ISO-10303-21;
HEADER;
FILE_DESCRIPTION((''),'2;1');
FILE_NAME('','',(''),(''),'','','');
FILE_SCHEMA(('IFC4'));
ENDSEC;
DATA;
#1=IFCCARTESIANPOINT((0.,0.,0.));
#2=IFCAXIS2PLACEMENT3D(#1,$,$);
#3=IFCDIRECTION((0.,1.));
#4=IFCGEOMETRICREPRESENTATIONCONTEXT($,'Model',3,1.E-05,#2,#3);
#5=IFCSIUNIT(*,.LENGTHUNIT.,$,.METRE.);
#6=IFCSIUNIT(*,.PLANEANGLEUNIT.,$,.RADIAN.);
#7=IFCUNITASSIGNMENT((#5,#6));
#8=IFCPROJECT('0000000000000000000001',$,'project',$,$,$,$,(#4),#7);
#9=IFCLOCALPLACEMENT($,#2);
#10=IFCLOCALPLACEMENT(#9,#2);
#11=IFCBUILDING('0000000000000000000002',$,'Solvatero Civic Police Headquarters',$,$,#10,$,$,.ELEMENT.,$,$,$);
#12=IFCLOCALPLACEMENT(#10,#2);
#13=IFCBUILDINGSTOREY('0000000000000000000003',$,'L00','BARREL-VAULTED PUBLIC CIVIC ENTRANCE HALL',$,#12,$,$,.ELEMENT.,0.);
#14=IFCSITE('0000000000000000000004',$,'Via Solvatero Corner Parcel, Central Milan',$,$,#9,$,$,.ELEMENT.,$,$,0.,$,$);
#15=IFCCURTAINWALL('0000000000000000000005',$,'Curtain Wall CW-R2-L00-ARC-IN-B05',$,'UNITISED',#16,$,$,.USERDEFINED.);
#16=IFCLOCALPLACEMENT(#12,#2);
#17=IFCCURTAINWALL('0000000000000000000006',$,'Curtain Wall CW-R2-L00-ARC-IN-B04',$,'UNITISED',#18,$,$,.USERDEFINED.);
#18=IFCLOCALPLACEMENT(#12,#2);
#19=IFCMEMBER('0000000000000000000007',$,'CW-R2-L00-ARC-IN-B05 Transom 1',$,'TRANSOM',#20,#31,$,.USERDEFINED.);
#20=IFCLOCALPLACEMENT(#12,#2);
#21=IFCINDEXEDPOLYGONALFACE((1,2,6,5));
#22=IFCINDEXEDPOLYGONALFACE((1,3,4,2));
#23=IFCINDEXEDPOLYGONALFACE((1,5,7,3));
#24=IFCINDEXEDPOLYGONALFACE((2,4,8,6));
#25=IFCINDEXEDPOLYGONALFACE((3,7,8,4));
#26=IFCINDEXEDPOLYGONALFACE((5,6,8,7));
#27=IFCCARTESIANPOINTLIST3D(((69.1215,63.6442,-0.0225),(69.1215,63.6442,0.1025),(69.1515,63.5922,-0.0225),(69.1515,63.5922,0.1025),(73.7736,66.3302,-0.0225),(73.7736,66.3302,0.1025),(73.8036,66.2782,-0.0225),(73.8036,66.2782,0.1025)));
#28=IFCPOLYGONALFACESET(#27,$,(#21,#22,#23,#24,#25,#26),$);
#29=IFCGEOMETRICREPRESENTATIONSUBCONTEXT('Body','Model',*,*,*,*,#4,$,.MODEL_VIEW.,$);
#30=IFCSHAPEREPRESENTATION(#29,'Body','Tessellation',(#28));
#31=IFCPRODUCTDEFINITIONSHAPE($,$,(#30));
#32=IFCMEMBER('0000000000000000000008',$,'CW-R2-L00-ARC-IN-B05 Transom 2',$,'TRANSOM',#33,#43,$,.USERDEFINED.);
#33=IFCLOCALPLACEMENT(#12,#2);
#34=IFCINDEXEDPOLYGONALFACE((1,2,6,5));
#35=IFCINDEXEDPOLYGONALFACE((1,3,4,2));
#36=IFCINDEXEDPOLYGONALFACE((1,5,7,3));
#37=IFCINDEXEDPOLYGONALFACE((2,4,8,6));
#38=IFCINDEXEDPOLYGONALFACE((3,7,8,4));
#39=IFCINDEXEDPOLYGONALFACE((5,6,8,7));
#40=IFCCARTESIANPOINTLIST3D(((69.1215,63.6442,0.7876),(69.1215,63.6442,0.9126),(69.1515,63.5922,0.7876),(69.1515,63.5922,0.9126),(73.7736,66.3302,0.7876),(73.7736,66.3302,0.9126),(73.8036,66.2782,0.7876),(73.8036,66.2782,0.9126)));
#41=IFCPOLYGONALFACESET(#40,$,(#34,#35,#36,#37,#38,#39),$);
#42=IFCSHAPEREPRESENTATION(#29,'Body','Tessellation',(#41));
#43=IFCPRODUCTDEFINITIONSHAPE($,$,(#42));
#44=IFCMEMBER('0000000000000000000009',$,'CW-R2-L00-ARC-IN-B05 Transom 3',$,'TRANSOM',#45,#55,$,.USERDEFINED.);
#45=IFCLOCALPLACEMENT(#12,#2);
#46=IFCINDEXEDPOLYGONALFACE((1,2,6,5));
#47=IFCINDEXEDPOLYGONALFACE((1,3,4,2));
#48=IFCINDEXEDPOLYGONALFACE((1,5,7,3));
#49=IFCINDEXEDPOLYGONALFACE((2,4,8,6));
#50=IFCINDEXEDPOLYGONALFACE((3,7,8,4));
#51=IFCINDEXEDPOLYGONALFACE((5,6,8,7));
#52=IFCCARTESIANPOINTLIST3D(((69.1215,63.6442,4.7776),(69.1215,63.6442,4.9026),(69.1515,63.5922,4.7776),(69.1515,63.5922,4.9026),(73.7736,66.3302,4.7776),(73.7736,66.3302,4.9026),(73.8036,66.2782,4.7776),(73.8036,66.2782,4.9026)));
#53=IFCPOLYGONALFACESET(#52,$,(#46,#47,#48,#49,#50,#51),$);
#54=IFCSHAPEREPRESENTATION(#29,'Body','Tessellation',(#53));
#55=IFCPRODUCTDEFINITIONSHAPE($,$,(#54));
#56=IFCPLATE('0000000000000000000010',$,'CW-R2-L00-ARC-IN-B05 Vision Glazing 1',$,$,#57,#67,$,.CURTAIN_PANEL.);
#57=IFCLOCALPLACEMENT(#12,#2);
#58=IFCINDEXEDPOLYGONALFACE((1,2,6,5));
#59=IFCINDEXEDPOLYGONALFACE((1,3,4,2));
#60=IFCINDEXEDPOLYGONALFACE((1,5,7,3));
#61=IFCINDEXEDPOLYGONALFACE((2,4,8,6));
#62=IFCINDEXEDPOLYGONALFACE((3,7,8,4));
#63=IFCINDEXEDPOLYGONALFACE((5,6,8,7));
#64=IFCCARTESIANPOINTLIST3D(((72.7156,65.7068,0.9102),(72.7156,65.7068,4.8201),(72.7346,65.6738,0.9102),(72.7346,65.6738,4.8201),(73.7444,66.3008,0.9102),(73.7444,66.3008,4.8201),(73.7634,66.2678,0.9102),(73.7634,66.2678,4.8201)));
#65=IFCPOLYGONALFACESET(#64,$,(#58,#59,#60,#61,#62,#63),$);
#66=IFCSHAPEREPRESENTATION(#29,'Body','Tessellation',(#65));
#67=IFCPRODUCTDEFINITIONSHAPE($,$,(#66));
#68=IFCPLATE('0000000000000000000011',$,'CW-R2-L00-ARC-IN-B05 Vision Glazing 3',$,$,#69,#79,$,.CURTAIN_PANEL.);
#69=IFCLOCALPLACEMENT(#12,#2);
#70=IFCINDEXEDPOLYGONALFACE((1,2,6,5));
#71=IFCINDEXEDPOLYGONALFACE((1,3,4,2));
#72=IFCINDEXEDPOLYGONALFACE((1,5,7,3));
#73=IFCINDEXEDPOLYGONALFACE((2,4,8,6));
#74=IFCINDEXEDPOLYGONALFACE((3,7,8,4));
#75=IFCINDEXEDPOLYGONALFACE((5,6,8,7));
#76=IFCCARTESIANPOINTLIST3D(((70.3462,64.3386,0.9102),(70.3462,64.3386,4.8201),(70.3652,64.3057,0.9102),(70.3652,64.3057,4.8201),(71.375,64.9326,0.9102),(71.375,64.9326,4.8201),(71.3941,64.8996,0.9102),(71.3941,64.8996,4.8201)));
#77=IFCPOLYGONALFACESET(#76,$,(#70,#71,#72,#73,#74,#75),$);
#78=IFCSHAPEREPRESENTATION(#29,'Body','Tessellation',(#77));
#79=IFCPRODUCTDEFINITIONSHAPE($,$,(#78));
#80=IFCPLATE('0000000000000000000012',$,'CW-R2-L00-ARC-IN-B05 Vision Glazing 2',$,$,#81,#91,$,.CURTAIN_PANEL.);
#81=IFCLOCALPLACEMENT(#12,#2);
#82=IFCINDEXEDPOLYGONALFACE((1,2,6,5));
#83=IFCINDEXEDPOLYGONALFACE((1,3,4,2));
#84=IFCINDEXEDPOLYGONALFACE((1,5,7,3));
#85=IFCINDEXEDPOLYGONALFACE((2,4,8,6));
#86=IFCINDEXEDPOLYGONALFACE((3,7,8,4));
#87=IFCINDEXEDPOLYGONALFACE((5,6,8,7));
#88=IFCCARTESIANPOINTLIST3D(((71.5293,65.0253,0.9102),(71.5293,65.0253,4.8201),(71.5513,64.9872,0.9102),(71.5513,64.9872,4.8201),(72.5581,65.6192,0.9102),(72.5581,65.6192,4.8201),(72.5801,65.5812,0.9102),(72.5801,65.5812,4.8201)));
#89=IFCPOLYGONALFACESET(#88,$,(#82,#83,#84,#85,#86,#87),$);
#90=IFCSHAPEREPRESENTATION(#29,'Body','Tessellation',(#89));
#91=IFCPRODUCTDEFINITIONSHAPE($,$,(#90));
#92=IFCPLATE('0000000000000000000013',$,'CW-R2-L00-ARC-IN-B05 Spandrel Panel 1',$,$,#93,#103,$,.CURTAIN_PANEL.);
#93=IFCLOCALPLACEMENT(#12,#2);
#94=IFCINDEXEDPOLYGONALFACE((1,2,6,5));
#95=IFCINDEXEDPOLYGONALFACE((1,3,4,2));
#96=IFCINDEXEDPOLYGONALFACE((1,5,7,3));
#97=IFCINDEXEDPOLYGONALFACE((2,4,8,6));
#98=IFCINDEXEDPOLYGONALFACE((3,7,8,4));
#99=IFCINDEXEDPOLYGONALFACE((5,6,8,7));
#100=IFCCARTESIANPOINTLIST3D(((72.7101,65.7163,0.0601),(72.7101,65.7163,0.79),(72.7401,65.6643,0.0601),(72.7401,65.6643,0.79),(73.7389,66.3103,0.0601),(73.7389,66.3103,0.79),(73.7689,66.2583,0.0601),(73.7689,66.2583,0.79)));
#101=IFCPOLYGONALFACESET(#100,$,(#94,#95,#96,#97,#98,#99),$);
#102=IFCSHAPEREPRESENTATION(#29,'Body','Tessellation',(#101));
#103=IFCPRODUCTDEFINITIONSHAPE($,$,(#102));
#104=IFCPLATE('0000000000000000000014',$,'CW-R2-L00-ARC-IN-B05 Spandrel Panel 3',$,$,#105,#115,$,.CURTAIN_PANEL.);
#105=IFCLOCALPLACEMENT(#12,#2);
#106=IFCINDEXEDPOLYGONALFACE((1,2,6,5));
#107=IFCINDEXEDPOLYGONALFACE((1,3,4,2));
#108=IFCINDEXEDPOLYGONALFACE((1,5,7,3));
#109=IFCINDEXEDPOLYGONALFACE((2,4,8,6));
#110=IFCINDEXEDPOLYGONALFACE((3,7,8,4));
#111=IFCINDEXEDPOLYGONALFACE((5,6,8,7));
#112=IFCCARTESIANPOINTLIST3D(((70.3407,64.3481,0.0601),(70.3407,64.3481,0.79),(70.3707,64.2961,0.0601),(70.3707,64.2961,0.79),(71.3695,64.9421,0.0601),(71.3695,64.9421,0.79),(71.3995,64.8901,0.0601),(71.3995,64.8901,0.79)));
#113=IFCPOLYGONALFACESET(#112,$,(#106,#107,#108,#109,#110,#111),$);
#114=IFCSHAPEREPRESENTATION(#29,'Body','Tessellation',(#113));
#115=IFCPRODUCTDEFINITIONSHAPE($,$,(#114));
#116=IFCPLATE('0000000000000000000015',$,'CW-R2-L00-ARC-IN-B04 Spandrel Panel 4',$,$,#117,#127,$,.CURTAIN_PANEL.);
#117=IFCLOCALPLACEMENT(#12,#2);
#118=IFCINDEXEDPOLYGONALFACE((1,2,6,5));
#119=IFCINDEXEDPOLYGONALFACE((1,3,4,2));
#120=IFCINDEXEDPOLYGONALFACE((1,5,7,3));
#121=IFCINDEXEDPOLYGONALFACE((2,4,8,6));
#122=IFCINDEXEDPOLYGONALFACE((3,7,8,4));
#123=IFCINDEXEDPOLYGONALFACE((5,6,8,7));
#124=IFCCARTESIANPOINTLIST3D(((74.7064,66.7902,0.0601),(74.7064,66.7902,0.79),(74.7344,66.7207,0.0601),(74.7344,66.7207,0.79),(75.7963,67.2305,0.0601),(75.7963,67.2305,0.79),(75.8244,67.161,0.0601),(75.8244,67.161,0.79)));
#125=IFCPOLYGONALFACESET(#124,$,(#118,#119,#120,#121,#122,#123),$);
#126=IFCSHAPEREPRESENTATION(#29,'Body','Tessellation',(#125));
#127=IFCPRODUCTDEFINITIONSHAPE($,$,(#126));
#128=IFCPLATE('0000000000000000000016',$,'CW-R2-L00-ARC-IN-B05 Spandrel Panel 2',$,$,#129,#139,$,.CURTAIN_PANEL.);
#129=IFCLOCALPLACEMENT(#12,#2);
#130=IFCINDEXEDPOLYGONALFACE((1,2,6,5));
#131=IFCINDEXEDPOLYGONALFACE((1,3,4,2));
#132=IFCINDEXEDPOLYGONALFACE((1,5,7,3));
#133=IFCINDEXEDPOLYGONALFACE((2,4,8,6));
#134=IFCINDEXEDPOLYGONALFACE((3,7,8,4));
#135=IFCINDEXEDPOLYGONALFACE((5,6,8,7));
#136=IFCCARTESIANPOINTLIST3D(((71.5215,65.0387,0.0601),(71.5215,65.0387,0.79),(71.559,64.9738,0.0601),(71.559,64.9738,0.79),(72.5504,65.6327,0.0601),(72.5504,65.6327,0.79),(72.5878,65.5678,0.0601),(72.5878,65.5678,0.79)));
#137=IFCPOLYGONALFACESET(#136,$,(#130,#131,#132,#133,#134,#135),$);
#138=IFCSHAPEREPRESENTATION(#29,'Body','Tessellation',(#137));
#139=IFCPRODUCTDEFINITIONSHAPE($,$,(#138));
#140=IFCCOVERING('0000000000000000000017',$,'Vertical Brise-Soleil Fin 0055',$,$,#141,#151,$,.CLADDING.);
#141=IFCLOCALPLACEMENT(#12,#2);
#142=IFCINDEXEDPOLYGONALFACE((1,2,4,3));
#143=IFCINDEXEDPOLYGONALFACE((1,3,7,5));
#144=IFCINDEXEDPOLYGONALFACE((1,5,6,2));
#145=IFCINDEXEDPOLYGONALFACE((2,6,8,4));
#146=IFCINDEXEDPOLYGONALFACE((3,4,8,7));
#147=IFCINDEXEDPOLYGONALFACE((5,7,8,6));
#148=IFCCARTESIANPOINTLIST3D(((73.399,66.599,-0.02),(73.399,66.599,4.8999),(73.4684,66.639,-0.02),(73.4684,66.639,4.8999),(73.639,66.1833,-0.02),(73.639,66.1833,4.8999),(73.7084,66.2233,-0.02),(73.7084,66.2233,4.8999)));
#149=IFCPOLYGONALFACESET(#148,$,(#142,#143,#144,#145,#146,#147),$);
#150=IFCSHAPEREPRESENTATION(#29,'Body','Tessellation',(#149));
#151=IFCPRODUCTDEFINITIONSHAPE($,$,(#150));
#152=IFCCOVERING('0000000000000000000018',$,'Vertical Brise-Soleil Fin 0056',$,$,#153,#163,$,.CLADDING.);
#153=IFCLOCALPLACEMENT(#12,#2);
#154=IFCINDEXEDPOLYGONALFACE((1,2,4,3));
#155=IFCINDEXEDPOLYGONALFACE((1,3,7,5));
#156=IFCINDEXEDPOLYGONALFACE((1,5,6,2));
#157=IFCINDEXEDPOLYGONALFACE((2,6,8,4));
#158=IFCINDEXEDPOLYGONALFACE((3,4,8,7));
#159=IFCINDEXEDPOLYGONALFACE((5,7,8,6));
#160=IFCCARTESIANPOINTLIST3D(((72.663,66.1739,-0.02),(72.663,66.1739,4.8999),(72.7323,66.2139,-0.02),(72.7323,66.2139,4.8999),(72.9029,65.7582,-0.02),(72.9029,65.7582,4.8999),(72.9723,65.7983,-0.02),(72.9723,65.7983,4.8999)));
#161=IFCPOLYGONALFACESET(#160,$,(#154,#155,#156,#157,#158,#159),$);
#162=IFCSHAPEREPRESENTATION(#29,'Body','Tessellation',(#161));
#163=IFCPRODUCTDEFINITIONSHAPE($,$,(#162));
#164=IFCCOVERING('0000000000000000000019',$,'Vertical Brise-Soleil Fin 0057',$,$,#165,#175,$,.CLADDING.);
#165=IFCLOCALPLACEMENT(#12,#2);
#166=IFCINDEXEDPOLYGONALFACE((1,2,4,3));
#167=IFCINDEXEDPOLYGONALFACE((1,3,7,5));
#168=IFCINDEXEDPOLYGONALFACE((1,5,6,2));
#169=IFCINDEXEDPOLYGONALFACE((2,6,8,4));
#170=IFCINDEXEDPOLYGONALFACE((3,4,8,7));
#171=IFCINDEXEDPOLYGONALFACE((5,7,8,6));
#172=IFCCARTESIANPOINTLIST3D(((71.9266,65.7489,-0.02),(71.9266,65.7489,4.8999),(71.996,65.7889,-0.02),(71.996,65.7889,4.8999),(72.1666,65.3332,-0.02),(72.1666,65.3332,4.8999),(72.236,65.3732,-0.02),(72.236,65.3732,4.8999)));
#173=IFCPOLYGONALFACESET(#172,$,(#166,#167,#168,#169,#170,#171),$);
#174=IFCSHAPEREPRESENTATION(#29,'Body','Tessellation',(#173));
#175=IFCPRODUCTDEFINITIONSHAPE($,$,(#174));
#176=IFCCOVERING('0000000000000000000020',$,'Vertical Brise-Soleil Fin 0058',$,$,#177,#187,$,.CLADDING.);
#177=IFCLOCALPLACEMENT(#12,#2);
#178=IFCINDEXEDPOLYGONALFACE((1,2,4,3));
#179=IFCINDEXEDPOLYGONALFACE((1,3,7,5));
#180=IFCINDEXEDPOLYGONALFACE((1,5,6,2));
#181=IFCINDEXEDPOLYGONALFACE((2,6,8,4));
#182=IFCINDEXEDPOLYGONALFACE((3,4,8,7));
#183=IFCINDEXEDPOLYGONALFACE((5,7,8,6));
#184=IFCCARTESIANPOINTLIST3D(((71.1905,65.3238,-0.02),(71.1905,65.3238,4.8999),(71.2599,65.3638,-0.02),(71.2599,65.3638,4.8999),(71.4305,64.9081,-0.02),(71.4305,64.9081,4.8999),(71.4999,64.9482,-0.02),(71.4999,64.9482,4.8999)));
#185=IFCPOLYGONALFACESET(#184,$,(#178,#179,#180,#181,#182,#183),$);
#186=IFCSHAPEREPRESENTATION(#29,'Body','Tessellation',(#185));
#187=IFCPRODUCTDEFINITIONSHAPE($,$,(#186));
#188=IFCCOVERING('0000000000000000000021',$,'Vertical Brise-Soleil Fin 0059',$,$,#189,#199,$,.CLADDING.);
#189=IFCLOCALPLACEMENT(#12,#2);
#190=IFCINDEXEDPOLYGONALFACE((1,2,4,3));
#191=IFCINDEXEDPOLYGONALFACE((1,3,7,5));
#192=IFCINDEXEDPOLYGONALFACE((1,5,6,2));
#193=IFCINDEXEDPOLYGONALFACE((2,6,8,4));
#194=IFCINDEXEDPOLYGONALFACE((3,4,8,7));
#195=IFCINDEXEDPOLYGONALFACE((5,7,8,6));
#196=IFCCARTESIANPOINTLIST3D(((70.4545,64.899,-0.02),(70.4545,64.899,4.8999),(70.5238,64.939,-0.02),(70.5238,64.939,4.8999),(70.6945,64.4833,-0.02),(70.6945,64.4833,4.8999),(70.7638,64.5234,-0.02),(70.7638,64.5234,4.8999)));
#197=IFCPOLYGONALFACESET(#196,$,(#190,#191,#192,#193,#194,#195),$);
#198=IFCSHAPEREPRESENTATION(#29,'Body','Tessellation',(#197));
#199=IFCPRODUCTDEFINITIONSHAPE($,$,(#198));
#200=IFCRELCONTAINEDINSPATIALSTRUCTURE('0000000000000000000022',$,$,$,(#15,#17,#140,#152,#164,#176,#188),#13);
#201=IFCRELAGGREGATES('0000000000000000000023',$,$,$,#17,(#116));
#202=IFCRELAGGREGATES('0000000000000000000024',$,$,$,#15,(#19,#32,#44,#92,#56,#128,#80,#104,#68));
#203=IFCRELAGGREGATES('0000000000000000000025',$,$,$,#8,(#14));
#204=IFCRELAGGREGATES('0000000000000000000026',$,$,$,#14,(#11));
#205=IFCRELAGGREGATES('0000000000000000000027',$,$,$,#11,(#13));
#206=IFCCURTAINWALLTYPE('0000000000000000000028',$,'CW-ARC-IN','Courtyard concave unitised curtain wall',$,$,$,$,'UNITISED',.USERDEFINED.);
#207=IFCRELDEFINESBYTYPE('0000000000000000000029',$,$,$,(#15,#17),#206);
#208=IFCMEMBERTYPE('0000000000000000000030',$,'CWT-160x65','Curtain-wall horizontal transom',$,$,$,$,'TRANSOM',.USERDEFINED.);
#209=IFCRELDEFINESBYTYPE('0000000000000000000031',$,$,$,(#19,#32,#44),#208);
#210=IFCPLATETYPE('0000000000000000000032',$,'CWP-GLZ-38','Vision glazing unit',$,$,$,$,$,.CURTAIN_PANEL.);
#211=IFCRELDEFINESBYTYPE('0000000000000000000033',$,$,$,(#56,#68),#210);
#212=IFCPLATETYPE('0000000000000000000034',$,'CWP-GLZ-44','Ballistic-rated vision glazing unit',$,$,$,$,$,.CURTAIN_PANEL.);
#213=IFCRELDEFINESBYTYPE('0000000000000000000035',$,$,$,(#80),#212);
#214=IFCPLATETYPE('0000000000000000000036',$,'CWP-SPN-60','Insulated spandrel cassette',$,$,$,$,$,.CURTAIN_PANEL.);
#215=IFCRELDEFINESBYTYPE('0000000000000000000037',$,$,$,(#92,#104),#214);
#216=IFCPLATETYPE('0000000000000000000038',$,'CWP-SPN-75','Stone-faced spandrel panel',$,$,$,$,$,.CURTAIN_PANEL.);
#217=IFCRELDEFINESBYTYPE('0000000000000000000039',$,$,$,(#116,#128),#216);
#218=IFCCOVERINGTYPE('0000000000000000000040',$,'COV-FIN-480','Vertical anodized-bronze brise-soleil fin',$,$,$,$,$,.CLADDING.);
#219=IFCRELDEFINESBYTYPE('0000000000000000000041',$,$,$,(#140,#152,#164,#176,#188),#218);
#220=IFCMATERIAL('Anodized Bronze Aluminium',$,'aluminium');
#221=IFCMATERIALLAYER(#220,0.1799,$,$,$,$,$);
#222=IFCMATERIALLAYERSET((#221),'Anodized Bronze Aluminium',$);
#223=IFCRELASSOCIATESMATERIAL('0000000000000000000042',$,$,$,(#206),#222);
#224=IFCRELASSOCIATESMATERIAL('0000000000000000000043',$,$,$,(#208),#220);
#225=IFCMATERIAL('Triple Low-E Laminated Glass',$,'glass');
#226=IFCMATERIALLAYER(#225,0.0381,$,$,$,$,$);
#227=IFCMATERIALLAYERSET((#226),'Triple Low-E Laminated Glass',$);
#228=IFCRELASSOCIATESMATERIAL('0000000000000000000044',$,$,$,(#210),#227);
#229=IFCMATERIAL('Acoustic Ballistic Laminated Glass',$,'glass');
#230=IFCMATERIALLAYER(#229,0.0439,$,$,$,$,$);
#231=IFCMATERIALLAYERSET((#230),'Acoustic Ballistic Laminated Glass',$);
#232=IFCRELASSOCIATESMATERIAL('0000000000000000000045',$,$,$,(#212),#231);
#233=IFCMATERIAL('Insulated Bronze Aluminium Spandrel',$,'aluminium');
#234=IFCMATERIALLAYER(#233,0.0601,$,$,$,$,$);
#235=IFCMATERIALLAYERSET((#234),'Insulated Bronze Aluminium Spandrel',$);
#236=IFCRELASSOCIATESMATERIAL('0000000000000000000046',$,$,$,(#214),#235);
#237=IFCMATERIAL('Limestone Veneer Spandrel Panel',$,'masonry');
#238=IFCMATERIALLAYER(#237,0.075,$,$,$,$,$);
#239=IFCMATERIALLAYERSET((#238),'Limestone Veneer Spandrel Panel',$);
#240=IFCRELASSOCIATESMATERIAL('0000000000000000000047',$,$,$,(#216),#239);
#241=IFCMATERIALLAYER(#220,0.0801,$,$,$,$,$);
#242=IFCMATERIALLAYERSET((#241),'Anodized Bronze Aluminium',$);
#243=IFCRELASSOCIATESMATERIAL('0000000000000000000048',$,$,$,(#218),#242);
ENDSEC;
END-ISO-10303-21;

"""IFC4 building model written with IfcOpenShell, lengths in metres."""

from ifc_helpers import new_model, si_unit, direction, frame, origin, origin_2d, place, context, subcontext, project, spatial, rectangle, extrude, material, layer, layer_set, material_profile, profile_set, type_object, element, aggregate, save


model = new_model("IFC4")

# Units and contexts
model_context = context("Model", 3, precision=1e-05, world=origin(), true_north=direction((0.0, 1.0)))
body_context = subcontext(model_context, "Body", "Model", "MODEL_VIEW")
ifc_project = project(units=[si_unit("LENGTHUNIT", "METRE"), si_unit("PLANEANGLEUNIT", "RADIAN")], contexts=[model_context])

# Site, building, storey
site_placement = place(None, origin())
site = spatial("IfcSite", under=ifc_project, at=site_placement, Name="Via Solvatero Corner Parcel, Central Milan", CompositionType="ELEMENT", RefElevation=0.0)
building_placement = place(site_placement, origin())
building = spatial("IfcBuilding", under=site, at=building_placement, Name="Solvatero Civic Police Headquarters", CompositionType="ELEMENT")
storey_placement = place(building_placement, origin())
storey = spatial("IfcBuildingStorey", under=building, at=storey_placement, Name="L00", Description="BARREL-VAULTED PUBLIC CIVIC ENTRANCE HALL", CompositionType="ELEMENT", Elevation=0.0)

# Curtain wall
ifc_material_1 = material(Name="Anodized Bronze Aluminium", Category="aluminium")
ifc_layer_1 = layer(ifc_material_1, 0.1799)
ifc_layer_set_1 = layer_set([ifc_layer_1], Name="Anodized Bronze Aluminium")
curtain_wall_type = type_object("IfcCurtainWallType", Name="CW-ARC-IN", Description="Courtyard concave unitised curtain wall", ElementType="UNITISED", PredefinedType="USERDEFINED", material=ifc_layer_set_1)
curtain_wall_1_placement = place(storey_placement, origin())
curtain_wall_1 = element("IfcCurtainWall", 1, at=curtain_wall_1_placement, inside=storey, type_object=curtain_wall_type, Name="Curtain Wall CW-R2-L00-ARC-IN-B05", ObjectType="UNITISED", PredefinedType="USERDEFINED")

# Curtain wall
curtain_wall_2_placement = place(storey_placement, origin())
curtain_wall_2 = element("IfcCurtainWall", 2, at=curtain_wall_2_placement, inside=storey, type_object=curtain_wall_type, Name="Curtain Wall CW-R2-L00-ARC-IN-B04", ObjectType="UNITISED", PredefinedType="USERDEFINED")

# Members
ifc_material_profile_1 = material_profile(ifc_material_1, rectangle(XDim=0.0601, YDim=0.125, at=origin_2d()), Name="ALU TRANSOM 60x125")
ifc_profile_set_1 = profile_set([ifc_material_profile_1], Name="Anodized Bronze Aluminium")
member_type_1 = type_object("IfcMemberType", Name="CWT-160x65", Description="Curtain-wall horizontal transom", ElementType="TRANSOM", PredefinedType="USERDEFINED", material=ifc_profile_set_1)
member_1_placement = place(storey_placement, frame((73.7886, 66.3042, 0.04), z_axis=(-0.866014, -0.50002, 0.0), x_axis=(0.50002, -0.866014, 0.0)))
member_1 = element("IfcMember", 3, at=member_1_placement, type_object=member_type_1, Name="CW-R2-L00-ARC-IN-B05 Transom 1", ObjectType="TRANSOM", PredefinedType="USERDEFINED", context=body_context, shape_type="SweptSolid", body=[
    extrude(rectangle(XDim=0.0601, YDim=0.125, at=origin_2d()), origin(), (0.0, 0.0, 1.0), 5.3718),
])
member_2_placement = place(storey_placement, frame((73.7886, 66.3042, 0.8501), z_axis=(-0.866014, -0.50002, 0.0), x_axis=(0.50002, -0.866014, 0.0)))
member_2 = element("IfcMember", 4, at=member_2_placement, type_object=member_type_1, Name="CW-R2-L00-ARC-IN-B05 Transom 2", ObjectType="TRANSOM", PredefinedType="USERDEFINED", context=body_context, shape_type="SweptSolid", body=[
    extrude(rectangle(XDim=0.0601, YDim=0.125, at=origin_2d()), origin(), (0.0, 0.0, 1.0), 5.3718),
])
member_3_placement = place(storey_placement, frame((73.7886, 66.3042, 4.8401), z_axis=(-0.866014, -0.50002, 0.0), x_axis=(0.50002, -0.866014, 0.0)))
member_3 = element("IfcMember", 5, at=member_3_placement, type_object=member_type_1, Name="CW-R2-L00-ARC-IN-B05 Transom 3", ObjectType="TRANSOM", PredefinedType="USERDEFINED", context=body_context, shape_type="SweptSolid", body=[
    extrude(rectangle(XDim=0.0601, YDim=0.125, at=origin_2d()), origin(), (0.0, 0.0, 1.0), 5.3718),
])

# Plates
ifc_material_2 = material(Name="Triple Low-E Laminated Glass", Category="glass")
ifc_layer_2 = layer(ifc_material_2, 0.0381)
ifc_layer_set_2 = layer_set([ifc_layer_2], Name="Triple Low-E Laminated Glass")
plate_type_1 = type_object("IfcPlateType", Name="CWP-GLZ-38", Description="Vision glazing unit", PredefinedType="CURTAIN_PANEL", material=ifc_layer_set_2)
plate_1_placement = place(storey_placement, frame((73.2395, 65.9873, 0.9102), z_axis=(0.0, 0.0, 1.0), x_axis=(-0.866025, -0.5, 0.0)))
plate_1 = element("IfcPlate", 6, at=plate_1_placement, type_object=plate_type_1, Name="CW-R2-L00-ARC-IN-B05 Vision Glazing 1", PredefinedType="CURTAIN_PANEL", context=body_context, shape_type="SweptSolid", body=[
    extrude(rectangle(XDim=1.188, YDim=0.0381, at=origin_2d()), origin(), (0.0, 0.0, 1.0), 3.9099),
])
plate_2_placement = place(storey_placement, frame((70.8701, 64.6191, 0.9102), z_axis=(0.0, 0.0, 1.0), x_axis=(-0.866025, -0.5, 0.0)))
plate_2 = element("IfcPlate", 7, at=plate_2_placement, type_object=plate_type_1, Name="CW-R2-L00-ARC-IN-B05 Vision Glazing 3", PredefinedType="CURTAIN_PANEL", context=body_context, shape_type="SweptSolid", body=[
    extrude(rectangle(XDim=1.188, YDim=0.0381, at=origin_2d()), origin(), (0.0, 0.0, 1.0), 3.9099),
])
ifc_material_3 = material(Name="Acoustic Ballistic Laminated Glass", Category="glass")
ifc_layer_3 = layer(ifc_material_3, 0.0439)
ifc_layer_set_3 = layer_set([ifc_layer_3], Name="Acoustic Ballistic Laminated Glass")
plate_type_2 = type_object("IfcPlateType", Name="CWP-GLZ-44", Description="Ballistic-rated vision glazing unit", PredefinedType="CURTAIN_PANEL", material=ifc_layer_set_3)
plate_3_placement = place(storey_placement, frame((72.0547, 65.3032, 0.9102), z_axis=(0.0, 0.0, 1.0), x_axis=(-0.866025, -0.5, 0.0)))
plate_3 = element("IfcPlate", 8, at=plate_3_placement, type_object=plate_type_2, Name="CW-R2-L00-ARC-IN-B05 Vision Glazing 2", PredefinedType="CURTAIN_PANEL", context=body_context, shape_type="SweptSolid", body=[
    extrude(rectangle(XDim=1.188, YDim=0.0439, at=origin_2d()), origin(), (0.0, 0.0, 1.0), 3.9099),
])
ifc_material_4 = material(Name="Insulated Bronze Aluminium Spandrel", Category="aluminium")
ifc_layer_4 = layer(ifc_material_4, 0.0601)
ifc_layer_set_4 = layer_set([ifc_layer_4], Name="Insulated Bronze Aluminium Spandrel")
plate_type_3 = type_object("IfcPlateType", Name="CWP-SPN-60", Description="Insulated spandrel cassette", PredefinedType="CURTAIN_PANEL", material=ifc_layer_set_4)
plate_4_placement = place(storey_placement, frame((73.2395, 65.9873, 0.0601), z_axis=(0.0, 0.0, 1.0), x_axis=(-0.866025, -0.5, 0.0)))
plate_4 = element("IfcPlate", 9, at=plate_4_placement, type_object=plate_type_3, Name="CW-R2-L00-ARC-IN-B05 Spandrel Panel 1", PredefinedType="CURTAIN_PANEL", context=body_context, shape_type="SweptSolid", body=[
    extrude(rectangle(XDim=1.188, YDim=0.0601, at=origin_2d()), origin(), (0.0, 0.0, 1.0), 0.73),
])
plate_5_placement = place(storey_placement, frame((70.8701, 64.6191, 0.0601), z_axis=(0.0, 0.0, 1.0), x_axis=(-0.866025, -0.5, 0.0)))
plate_5 = element("IfcPlate", 10, at=plate_5_placement, type_object=plate_type_3, Name="CW-R2-L00-ARC-IN-B05 Spandrel Panel 3", PredefinedType="CURTAIN_PANEL", context=body_context, shape_type="SweptSolid", body=[
    extrude(rectangle(XDim=1.188, YDim=0.0601, at=origin_2d()), origin(), (0.0, 0.0, 1.0), 0.73),
])
ifc_material_5 = material(Name="Limestone Veneer Spandrel Panel", Category="masonry")
ifc_layer_5 = layer(ifc_material_5, 0.075)
ifc_layer_set_5 = layer_set([ifc_layer_5], Name="Limestone Veneer Spandrel Panel")
plate_type_4 = type_object("IfcPlateType", Name="CWP-SPN-75", Description="Stone-faced spandrel panel", PredefinedType="CURTAIN_PANEL", material=ifc_layer_set_5)
plate_6_placement = place(storey_placement, frame((75.2654, 66.9756, 0.0601), z_axis=(0.0, 0.0, 1.0), x_axis=(-0.927184, -0.374607, 0.0)))
plate_6 = element("IfcPlate", 11, at=plate_6_placement, type_object=plate_type_4, Name="CW-R2-L00-ARC-IN-B04 Spandrel Panel 4", PredefinedType="CURTAIN_PANEL", context=body_context, shape_type="SweptSolid", body=[
    extrude(rectangle(XDim=1.1755, YDim=0.075, at=origin_2d()), origin(), (0.0, 0.0, 1.0), 0.73),
])
aggregate(curtain_wall_2, [plate_6])
plate_7_placement = place(storey_placement, frame((72.0547, 65.3032, 0.0601), z_axis=(0.0, 0.0, 1.0), x_axis=(-0.866025, -0.5, 0.0)))
plate_7 = element("IfcPlate", 12, at=plate_7_placement, type_object=plate_type_4, Name="CW-R2-L00-ARC-IN-B05 Spandrel Panel 2", PredefinedType="CURTAIN_PANEL", context=body_context, shape_type="SweptSolid", body=[
    extrude(rectangle(XDim=1.188, YDim=0.075, at=origin_2d()), origin(), (0.0, 0.0, 1.0), 0.73),
])
aggregate(curtain_wall_1, [member_1, member_2, member_3, plate_4, plate_1, plate_7, plate_3, plate_5, plate_2])

# Coverings
ifc_layer_6 = layer(ifc_material_1, 0.0801)
ifc_layer_set_6 = layer_set([ifc_layer_6], Name="Anodized Bronze Aluminium")
covering_type = type_object("IfcCoveringType", Name="COV-FIN-480", Description="Vertical anodized-bronze brise-soleil fin", PredefinedType="CLADDING", material=ifc_layer_set_6)
for number, where, z_axis, x_axis, name in (
    (13, (73.5537, 66.4111, -0.02), (0.0, 0.0, 1.0), (-0.866025, -0.5, 0.0), "Vertical Brise-Soleil Fin 0055"),
    (14, (72.8176, 65.9861, -0.02), (0.0, 0.0, 1.0), (-0.866025, -0.5, 0.0), "Vertical Brise-Soleil Fin 0056"),
    (15, (72.0813, 65.561, -0.02), (0.0, 0.0, 1.0), (-0.866025, -0.5, 0.0), "Vertical Brise-Soleil Fin 0057"),
    (16, (71.3452, 65.136, -0.02), (0.0, 0.0, 1.0), (-0.866025, -0.5, 0.0), "Vertical Brise-Soleil Fin 0058"),
    (17, (70.6091, 64.7112, -0.02), (0.0, 0.0, 1.0), (-0.866025, -0.5, 0.0), "Vertical Brise-Soleil Fin 0059"),
):
    element("IfcCovering", number, at=place(storey_placement, frame(where, z_axis=z_axis, x_axis=x_axis)), inside=storey, type_object=covering_type, Name=name, PredefinedType="CLADDING", context=body_context, shape_type="SweptSolid", body=[
        extrude(rectangle(XDim=0.0801, YDim=0.48, at=origin_2d()), origin(), (0.0, 0.0, 1.0), 4.9199),
    ])

save(model, "model.ifc")
